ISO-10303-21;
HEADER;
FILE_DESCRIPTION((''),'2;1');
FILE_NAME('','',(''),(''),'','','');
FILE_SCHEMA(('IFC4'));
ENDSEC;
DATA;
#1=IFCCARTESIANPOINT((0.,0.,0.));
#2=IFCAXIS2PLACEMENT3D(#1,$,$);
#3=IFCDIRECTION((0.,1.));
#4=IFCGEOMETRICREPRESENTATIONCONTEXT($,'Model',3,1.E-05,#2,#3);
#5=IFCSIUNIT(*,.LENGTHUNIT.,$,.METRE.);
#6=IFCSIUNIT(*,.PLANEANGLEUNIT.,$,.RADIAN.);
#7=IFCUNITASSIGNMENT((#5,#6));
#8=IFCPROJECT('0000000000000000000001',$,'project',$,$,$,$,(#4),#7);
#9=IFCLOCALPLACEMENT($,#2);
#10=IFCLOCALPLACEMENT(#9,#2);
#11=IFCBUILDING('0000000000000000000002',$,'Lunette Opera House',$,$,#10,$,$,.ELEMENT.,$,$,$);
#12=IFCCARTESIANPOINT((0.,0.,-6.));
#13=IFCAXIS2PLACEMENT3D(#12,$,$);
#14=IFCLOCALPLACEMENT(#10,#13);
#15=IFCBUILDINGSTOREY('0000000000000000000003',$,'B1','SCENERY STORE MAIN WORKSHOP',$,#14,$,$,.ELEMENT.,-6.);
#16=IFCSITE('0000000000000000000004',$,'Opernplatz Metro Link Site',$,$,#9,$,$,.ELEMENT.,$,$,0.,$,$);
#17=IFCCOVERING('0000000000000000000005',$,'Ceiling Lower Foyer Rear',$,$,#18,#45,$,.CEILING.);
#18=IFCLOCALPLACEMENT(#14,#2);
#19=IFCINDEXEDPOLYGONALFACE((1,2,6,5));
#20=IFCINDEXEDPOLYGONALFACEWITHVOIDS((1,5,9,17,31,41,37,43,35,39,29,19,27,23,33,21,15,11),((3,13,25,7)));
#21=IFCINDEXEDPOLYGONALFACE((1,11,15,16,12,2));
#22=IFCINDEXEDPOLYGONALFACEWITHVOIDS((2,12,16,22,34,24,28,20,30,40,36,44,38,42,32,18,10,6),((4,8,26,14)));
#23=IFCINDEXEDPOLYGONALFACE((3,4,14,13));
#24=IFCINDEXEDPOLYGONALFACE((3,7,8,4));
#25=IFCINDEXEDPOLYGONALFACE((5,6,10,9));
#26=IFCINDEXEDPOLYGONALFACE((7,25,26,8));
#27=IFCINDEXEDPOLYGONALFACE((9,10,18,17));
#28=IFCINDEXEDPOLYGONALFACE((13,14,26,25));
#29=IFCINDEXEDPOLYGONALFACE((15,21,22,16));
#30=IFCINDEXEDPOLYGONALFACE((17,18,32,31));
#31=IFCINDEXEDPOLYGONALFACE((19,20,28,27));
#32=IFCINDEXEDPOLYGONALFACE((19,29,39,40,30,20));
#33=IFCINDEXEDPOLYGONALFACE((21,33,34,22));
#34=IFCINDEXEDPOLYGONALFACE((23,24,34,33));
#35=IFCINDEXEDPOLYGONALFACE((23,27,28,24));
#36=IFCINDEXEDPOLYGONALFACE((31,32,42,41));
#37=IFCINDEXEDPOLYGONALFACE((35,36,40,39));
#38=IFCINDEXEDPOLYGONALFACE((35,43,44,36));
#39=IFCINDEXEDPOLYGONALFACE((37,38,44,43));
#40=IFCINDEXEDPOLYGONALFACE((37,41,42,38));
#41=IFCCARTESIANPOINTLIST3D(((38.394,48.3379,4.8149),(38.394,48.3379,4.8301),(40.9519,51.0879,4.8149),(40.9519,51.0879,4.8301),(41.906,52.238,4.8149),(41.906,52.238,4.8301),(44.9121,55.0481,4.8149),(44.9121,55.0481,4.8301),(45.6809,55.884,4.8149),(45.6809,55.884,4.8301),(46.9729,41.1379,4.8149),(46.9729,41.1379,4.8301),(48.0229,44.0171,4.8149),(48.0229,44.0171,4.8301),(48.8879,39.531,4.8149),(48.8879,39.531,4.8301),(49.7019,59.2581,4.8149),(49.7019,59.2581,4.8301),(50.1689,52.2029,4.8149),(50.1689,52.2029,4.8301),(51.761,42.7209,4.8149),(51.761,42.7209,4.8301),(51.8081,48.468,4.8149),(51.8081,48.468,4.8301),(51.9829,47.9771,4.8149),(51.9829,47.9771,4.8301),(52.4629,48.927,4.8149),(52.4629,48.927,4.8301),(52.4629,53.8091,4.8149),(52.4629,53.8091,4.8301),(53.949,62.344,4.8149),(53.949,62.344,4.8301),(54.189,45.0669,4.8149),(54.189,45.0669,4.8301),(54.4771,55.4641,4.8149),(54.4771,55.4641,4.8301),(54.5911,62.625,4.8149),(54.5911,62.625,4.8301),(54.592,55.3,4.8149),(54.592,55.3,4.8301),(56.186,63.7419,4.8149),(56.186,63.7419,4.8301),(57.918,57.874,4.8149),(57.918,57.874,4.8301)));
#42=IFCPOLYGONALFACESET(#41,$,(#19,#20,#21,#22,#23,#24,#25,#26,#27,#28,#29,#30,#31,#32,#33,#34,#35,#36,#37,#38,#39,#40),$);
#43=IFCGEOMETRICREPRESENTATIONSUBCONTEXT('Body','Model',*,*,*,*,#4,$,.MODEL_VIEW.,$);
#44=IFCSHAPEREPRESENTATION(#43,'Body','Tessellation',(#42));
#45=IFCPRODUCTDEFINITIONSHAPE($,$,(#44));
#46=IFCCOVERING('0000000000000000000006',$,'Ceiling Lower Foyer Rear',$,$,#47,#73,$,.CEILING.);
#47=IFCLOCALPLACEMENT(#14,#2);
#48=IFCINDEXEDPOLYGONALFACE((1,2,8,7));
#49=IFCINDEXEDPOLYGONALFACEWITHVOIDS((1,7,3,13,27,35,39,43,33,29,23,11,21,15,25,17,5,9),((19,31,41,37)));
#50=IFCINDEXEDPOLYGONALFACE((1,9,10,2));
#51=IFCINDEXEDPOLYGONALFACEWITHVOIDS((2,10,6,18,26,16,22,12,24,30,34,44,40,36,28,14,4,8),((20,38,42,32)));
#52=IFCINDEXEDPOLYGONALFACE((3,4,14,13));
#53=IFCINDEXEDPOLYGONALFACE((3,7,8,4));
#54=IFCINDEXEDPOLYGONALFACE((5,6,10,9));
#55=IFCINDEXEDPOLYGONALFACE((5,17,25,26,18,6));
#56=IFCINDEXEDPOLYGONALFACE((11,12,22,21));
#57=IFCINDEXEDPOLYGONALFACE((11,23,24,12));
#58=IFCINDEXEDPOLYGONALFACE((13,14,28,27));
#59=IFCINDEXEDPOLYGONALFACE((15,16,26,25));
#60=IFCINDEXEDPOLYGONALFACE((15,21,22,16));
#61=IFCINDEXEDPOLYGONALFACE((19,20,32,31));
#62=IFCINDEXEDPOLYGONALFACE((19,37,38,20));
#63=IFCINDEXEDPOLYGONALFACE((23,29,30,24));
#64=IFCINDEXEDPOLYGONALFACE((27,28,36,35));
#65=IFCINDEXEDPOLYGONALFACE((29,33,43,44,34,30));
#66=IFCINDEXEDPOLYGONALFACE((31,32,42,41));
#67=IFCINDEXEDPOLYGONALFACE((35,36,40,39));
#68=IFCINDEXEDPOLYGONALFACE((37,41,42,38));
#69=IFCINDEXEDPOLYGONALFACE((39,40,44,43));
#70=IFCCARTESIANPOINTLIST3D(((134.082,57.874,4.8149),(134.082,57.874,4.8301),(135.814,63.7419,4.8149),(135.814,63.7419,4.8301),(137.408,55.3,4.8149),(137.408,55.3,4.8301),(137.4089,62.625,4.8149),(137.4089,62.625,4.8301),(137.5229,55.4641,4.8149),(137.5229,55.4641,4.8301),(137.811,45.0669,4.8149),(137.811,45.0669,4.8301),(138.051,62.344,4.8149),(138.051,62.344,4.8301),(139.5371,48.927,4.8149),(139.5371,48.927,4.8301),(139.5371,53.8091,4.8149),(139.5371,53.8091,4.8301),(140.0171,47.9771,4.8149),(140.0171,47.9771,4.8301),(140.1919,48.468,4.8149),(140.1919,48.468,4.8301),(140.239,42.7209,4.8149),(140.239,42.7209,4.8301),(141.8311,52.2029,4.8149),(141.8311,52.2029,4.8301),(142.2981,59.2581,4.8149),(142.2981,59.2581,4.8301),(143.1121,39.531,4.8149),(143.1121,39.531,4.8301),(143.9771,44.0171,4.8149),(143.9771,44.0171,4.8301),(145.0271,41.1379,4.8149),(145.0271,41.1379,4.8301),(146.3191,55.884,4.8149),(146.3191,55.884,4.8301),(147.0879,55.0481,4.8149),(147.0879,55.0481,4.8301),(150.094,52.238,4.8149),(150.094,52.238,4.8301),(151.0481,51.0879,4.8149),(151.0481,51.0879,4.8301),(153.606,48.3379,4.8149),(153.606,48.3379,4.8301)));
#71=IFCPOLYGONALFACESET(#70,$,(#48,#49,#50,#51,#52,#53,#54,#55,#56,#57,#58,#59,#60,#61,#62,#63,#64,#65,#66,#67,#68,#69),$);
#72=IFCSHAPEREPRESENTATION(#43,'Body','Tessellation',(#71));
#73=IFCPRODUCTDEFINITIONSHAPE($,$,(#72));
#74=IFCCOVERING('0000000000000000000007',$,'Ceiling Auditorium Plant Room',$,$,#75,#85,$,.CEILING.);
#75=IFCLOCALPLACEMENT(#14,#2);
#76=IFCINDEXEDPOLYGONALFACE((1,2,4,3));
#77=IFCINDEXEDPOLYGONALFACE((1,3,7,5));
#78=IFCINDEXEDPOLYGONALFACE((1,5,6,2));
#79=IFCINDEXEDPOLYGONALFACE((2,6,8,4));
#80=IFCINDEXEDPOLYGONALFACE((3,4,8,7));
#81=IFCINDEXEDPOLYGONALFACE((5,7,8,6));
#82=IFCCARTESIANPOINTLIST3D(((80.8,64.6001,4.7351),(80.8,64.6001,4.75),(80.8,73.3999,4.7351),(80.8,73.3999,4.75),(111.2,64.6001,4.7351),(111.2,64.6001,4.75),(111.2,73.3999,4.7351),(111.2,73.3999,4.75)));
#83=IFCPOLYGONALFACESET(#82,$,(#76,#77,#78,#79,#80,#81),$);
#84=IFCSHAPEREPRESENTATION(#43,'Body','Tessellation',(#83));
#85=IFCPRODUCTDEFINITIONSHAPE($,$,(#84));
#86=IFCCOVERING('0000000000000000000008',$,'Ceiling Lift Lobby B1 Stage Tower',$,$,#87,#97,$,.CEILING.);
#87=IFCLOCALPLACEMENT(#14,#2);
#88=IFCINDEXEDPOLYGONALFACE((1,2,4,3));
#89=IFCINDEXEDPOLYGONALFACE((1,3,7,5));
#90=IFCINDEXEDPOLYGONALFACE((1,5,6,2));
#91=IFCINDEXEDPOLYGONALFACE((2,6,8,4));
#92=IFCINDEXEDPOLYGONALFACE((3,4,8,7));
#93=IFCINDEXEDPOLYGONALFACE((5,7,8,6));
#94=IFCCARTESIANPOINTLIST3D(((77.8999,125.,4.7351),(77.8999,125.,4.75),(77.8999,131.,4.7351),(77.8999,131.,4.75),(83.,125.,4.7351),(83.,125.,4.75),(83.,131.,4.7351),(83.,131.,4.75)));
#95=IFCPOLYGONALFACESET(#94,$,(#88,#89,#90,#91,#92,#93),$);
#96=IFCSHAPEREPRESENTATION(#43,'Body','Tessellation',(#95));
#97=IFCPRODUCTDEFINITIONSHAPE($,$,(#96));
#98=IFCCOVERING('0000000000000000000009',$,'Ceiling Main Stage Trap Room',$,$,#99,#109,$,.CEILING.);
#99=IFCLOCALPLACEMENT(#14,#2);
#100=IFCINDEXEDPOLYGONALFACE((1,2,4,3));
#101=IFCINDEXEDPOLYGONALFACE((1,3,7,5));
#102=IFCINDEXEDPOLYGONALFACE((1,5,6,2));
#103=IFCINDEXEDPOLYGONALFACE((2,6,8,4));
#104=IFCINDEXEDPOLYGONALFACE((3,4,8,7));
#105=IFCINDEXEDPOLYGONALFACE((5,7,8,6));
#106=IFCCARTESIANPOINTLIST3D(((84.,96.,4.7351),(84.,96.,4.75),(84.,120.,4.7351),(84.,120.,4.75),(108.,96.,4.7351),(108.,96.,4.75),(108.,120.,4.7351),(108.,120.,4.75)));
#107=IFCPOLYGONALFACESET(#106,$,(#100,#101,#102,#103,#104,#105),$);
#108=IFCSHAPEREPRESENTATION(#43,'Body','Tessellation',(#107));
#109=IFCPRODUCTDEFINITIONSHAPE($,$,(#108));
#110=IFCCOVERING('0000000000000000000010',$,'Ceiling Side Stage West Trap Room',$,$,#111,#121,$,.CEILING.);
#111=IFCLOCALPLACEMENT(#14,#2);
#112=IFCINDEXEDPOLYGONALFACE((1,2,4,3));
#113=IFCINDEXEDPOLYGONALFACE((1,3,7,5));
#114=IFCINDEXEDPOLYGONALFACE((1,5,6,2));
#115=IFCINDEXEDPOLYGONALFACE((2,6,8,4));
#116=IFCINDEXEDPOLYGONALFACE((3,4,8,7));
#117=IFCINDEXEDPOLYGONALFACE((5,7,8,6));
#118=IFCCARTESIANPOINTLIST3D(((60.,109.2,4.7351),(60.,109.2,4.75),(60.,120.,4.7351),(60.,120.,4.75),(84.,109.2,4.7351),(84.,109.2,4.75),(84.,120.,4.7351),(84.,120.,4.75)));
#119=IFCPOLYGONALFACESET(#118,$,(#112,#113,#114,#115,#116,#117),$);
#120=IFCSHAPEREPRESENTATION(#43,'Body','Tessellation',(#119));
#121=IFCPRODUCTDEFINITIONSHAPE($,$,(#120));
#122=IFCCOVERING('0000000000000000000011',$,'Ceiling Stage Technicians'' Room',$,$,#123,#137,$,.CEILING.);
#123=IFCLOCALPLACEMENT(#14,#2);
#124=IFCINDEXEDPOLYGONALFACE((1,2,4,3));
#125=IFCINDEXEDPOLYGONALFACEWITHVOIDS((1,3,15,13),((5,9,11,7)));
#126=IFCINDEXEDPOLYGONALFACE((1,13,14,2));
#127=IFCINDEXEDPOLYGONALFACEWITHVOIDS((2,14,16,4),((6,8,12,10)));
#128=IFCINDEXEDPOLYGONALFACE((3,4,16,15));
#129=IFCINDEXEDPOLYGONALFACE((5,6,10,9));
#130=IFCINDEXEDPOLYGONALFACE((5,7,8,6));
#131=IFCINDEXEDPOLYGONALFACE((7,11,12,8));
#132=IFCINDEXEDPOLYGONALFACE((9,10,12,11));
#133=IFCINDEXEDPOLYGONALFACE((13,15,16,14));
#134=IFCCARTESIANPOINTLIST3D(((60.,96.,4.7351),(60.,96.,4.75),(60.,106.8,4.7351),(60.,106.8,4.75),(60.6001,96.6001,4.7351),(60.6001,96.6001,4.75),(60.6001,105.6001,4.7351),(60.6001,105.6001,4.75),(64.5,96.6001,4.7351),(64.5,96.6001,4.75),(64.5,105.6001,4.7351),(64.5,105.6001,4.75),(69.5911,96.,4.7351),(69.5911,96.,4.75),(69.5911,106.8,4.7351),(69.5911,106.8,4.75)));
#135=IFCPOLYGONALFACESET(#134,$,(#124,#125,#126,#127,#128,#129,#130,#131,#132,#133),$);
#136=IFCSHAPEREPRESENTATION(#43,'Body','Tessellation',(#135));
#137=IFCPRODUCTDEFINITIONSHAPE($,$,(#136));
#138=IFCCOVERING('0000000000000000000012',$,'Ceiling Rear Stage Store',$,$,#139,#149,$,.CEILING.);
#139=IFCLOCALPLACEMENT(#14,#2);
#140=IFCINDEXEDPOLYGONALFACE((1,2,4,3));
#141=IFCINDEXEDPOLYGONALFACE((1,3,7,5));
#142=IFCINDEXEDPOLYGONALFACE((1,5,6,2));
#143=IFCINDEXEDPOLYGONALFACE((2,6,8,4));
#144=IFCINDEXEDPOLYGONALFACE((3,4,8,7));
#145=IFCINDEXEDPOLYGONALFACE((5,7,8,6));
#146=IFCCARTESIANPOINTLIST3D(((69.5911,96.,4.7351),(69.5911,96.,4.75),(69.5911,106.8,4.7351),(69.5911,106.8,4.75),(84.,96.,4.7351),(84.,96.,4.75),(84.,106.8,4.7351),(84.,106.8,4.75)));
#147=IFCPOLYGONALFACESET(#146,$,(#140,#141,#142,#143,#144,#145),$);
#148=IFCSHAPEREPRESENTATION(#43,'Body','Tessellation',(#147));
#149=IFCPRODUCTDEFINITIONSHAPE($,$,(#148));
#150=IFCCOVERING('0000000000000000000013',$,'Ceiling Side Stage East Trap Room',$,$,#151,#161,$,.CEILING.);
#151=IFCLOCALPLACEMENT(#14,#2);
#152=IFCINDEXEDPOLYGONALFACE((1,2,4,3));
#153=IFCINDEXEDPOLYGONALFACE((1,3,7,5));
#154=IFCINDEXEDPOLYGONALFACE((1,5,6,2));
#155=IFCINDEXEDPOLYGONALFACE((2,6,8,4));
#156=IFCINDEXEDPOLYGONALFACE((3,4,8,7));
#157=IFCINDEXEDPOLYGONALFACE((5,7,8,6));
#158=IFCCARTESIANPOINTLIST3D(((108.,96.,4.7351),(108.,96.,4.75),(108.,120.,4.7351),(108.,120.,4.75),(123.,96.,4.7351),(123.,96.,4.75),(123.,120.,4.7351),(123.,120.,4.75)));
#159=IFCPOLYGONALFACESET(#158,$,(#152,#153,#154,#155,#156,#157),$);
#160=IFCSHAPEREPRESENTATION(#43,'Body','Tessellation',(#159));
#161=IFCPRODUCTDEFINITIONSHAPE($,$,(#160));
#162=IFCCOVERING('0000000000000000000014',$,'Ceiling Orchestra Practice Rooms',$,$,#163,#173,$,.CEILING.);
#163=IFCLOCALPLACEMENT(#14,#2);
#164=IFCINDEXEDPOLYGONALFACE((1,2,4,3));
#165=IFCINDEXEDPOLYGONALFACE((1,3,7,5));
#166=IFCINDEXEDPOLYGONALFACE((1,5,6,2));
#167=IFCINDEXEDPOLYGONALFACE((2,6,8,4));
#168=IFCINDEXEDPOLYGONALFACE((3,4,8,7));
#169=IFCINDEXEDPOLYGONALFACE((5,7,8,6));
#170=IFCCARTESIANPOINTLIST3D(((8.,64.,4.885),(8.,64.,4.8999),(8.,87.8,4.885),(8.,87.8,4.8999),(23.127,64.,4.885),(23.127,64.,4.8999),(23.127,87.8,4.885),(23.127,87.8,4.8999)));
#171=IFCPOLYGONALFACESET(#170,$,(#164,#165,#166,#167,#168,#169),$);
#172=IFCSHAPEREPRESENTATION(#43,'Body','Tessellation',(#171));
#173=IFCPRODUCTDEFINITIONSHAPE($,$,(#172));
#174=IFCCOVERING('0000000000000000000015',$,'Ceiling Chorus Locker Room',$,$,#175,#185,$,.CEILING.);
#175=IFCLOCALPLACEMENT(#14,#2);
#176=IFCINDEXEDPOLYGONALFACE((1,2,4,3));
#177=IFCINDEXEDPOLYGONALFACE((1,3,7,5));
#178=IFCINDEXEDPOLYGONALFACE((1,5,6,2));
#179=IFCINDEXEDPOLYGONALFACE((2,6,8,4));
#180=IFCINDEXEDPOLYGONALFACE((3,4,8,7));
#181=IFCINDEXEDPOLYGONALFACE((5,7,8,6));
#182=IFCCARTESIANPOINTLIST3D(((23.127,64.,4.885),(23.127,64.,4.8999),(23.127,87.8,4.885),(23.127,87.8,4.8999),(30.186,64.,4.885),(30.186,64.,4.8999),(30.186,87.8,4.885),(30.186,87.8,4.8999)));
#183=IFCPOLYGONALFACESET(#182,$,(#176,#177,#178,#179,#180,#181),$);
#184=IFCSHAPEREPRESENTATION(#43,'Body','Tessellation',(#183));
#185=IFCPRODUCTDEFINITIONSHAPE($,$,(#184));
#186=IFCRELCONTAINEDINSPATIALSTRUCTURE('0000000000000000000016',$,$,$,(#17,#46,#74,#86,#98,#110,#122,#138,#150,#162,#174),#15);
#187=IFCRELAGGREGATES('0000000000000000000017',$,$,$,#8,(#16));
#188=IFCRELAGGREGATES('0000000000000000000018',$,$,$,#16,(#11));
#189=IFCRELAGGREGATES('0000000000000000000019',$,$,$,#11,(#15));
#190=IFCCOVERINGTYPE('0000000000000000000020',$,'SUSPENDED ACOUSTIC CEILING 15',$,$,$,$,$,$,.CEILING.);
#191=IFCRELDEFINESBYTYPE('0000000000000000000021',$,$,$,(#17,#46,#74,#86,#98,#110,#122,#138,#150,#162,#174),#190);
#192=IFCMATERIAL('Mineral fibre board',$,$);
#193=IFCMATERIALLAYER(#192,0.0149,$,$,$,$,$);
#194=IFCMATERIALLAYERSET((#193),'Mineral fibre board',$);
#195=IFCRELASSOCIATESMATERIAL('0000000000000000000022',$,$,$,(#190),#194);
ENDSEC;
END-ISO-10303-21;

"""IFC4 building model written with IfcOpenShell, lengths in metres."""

from ifc_helpers import new_model, si_unit, direction, frame, origin, place, context, subcontext, project, spatial, polyline, outline, extrude, material, layer, layer_set, type_object, element, save


model = new_model("IFC4")

# Units and contexts
model_context = context("Model", 3, precision=1e-05, world=origin(), true_north=direction((0.0, 1.0)))
body_context = subcontext(model_context, "Body", "Model", "MODEL_VIEW")
ifc_project = project(units=[si_unit("LENGTHUNIT", "METRE"), si_unit("PLANEANGLEUNIT", "RADIAN")], contexts=[model_context])

# Site, building, storey
site_placement = place(None, origin())
site = spatial("IfcSite", under=ifc_project, at=site_placement, Name="Opernplatz Metro Link Site", CompositionType="ELEMENT", RefElevation=0.0)
building_placement = place(site_placement, origin())
building = spatial("IfcBuilding", under=site, at=building_placement, Name="Lunette Opera House", CompositionType="ELEMENT")
storey_placement = place(building_placement, frame((0.0, 0.0, -6.0)))
storey = spatial("IfcBuildingStorey", under=building, at=storey_placement, Name="B1", Description="SCENERY STORE MAIN WORKSHOP", CompositionType="ELEMENT", Elevation=-6.0)

# Coverings
ifc_material_1 = material(Name="Mineral fibre board")
ifc_layer_1 = layer(ifc_material_1, 0.0149)
ifc_layer_set_1 = layer_set([ifc_layer_1], Name="Mineral fibre board")
covering_type = type_object("IfcCoveringType", Name="SUSPENDED ACOUSTIC CEILING 15", PredefinedType="CEILING", material=ifc_layer_set_1)
covering_1_placement = place(storey_placement, frame((0.0, 0.0, 4.8149)))
element("IfcCovering", 1, at=covering_1_placement, inside=storey, type_object=covering_type, Name="Ceiling Lower Foyer Rear", PredefinedType="CEILING", context=body_context, shape_type="SweptSolid", body=[
    extrude(outline(polyline([(51.8081, 48.468), (54.189, 45.0669), (51.761, 42.7209), (48.8879, 39.531), (46.9729, 41.1379), (38.394, 48.3379), (41.906, 52.238), (45.6809, 55.884), (49.7019, 59.2581), (53.949, 62.344), (56.186, 63.7419), (54.5911, 62.625), (57.918, 57.874), (54.4771, 55.4641), (54.592, 55.3), (52.4629, 53.8091), (50.1689, 52.2029), (52.4629, 48.927), (51.8081, 48.468)]), holes=[polyline([(48.0229, 44.0171), (51.9829, 47.9771), (44.9121, 55.0481), (40.9519, 51.0879), (48.0229, 44.0171)])]), origin(), (0.0, 0.0, 1.0), 0.0151),
])
covering_2_placement = place(storey_placement, frame((0.0, 0.0, 4.8149)))
element("IfcCovering", 2, at=covering_2_placement, inside=storey, type_object=covering_type, Name="Ceiling Lower Foyer Rear", PredefinedType="CEILING", context=body_context, shape_type="SweptSolid", body=[
    extrude(outline(polyline([(141.8311, 52.2029), (139.5371, 53.8091), (137.408, 55.3), (137.5229, 55.4641), (134.082, 57.874), (137.4089, 62.625), (135.814, 63.7419), (138.051, 62.344), (142.2981, 59.2581), (146.3191, 55.884), (150.094, 52.238), (153.606, 48.3379), (145.0271, 41.1379), (143.1121, 39.531), (140.239, 42.7209), (137.811, 45.0669), (140.1919, 48.468), (139.5371, 48.927), (141.8311, 52.2029)]), holes=[polyline([(140.0171, 47.9771), (143.9771, 44.0171), (151.0481, 51.0879), (147.0879, 55.0481), (140.0171, 47.9771)])]), origin(), (0.0, 0.0, 1.0), 0.0151),
])
covering_3_placement = place(storey_placement, frame((0.0, 0.0, 4.7351)))
element("IfcCovering", 3, at=covering_3_placement, inside=storey, type_object=covering_type, Name="Ceiling Auditorium Plant Room", PredefinedType="CEILING", context=body_context, shape_type="SweptSolid", body=[
    extrude(outline(polyline([(80.8, 73.3999), (111.2, 73.3999), (111.2, 64.6001), (80.8, 64.6001), (80.8, 73.3999)])), origin(), (0.0, 0.0, 1.0), 0.0149),
])
covering_4_placement = place(storey_placement, frame((0.0, 0.0, 4.7351)))
element("IfcCovering", 4, at=covering_4_placement, inside=storey, type_object=covering_type, Name="Ceiling Lift Lobby B1 Stage Tower", PredefinedType="CEILING", context=body_context, shape_type="SweptSolid", body=[
    extrude(outline(polyline([(83.0, 125.0), (83.0, 131.0), (77.8999, 131.0), (77.8999, 125.0), (83.0, 125.0)])), origin(), (0.0, 0.0, 1.0), 0.0149),
])
covering_5_placement = place(storey_placement, frame((0.0, 0.0, 4.7351)))
element("IfcCovering", 5, at=covering_5_placement, inside=storey, type_object=covering_type, Name="Ceiling Main Stage Trap Room", PredefinedType="CEILING", context=body_context, shape_type="SweptSolid", body=[
    extrude(outline(polyline([(108.0, 96.0), (108.0, 120.0), (84.0, 120.0), (84.0, 96.0), (108.0, 96.0)])), origin(), (0.0, 0.0, 1.0), 0.0149),
])
covering_6_placement = place(storey_placement, frame((0.0, 0.0, 4.7351)))
element("IfcCovering", 6, at=covering_6_placement, inside=storey, type_object=covering_type, Name="Ceiling Side Stage West Trap Room", PredefinedType="CEILING", context=body_context, shape_type="SweptSolid", body=[
    extrude(outline(polyline([(84.0, 120.0), (84.0, 109.2), (60.0, 109.2), (60.0, 120.0), (84.0, 120.0)])), origin(), (0.0, 0.0, 1.0), 0.0149),
])
covering_7_placement = place(storey_placement, frame((0.0, 0.0, 4.7351)))
element("IfcCovering", 7, at=covering_7_placement, inside=storey, type_object=covering_type, Name="Ceiling Stage Technicians' Room", PredefinedType="CEILING", context=body_context, shape_type="SweptSolid", body=[
    extrude(outline(polyline([(60.0, 96.0), (60.0, 106.8), (69.5911, 106.8), (69.5911, 96.0), (60.0, 96.0)]), holes=[polyline([(60.6001, 105.6001), (60.6001, 96.6001), (64.5, 96.6001), (64.5, 105.6001), (60.6001, 105.6001)])]), origin(), (0.0, 0.0, 1.0), 0.0149),
])
covering_8_placement = place(storey_placement, frame((0.0, 0.0, 4.7351)))
element("IfcCovering", 8, at=covering_8_placement, inside=storey, type_object=covering_type, Name="Ceiling Rear Stage Store", PredefinedType="CEILING", context=body_context, shape_type="SweptSolid", body=[
    extrude(outline(polyline([(84.0, 96.0), (69.5911, 96.0), (69.5911, 106.8), (84.0, 106.8), (84.0, 96.0)])), origin(), (0.0, 0.0, 1.0), 0.0149),
])
covering_9_placement = place(storey_placement, frame((0.0, 0.0, 4.7351)))
element("IfcCovering", 9, at=covering_9_placement, inside=storey, type_object=covering_type, Name="Ceiling Side Stage East Trap Room", PredefinedType="CEILING", context=body_context, shape_type="SweptSolid", body=[
    extrude(outline(polyline([(123.0, 120.0), (123.0, 96.0), (108.0, 96.0), (108.0, 120.0), (123.0, 120.0)])), origin(), (0.0, 0.0, 1.0), 0.0149),
])
covering_10_placement = place(storey_placement, frame((0.0, 0.0, 4.885)))
element("IfcCovering", 10, at=covering_10_placement, inside=storey, type_object=covering_type, Name="Ceiling Orchestra Practice Rooms", PredefinedType="CEILING", context=body_context, shape_type="SweptSolid", body=[
    extrude(outline(polyline([(8.0, 64.0), (8.0, 87.8), (23.127, 87.8), (23.127, 64.0), (8.0, 64.0)])), origin(), (0.0, 0.0, 1.0), 0.0149),
])
covering_11_placement = place(storey_placement, frame((0.0, 0.0, 4.885)))
element("IfcCovering", 11, at=covering_11_placement, inside=storey, type_object=covering_type, Name="Ceiling Chorus Locker Room", PredefinedType="CEILING", context=body_context, shape_type="SweptSolid", body=[
    extrude(outline(polyline([(23.127, 64.0), (23.127, 87.8), (30.186, 87.8), (30.186, 64.0), (23.127, 64.0)])), origin(), (0.0, 0.0, 1.0), 0.0149),
])

save(model, "model.ifc")
